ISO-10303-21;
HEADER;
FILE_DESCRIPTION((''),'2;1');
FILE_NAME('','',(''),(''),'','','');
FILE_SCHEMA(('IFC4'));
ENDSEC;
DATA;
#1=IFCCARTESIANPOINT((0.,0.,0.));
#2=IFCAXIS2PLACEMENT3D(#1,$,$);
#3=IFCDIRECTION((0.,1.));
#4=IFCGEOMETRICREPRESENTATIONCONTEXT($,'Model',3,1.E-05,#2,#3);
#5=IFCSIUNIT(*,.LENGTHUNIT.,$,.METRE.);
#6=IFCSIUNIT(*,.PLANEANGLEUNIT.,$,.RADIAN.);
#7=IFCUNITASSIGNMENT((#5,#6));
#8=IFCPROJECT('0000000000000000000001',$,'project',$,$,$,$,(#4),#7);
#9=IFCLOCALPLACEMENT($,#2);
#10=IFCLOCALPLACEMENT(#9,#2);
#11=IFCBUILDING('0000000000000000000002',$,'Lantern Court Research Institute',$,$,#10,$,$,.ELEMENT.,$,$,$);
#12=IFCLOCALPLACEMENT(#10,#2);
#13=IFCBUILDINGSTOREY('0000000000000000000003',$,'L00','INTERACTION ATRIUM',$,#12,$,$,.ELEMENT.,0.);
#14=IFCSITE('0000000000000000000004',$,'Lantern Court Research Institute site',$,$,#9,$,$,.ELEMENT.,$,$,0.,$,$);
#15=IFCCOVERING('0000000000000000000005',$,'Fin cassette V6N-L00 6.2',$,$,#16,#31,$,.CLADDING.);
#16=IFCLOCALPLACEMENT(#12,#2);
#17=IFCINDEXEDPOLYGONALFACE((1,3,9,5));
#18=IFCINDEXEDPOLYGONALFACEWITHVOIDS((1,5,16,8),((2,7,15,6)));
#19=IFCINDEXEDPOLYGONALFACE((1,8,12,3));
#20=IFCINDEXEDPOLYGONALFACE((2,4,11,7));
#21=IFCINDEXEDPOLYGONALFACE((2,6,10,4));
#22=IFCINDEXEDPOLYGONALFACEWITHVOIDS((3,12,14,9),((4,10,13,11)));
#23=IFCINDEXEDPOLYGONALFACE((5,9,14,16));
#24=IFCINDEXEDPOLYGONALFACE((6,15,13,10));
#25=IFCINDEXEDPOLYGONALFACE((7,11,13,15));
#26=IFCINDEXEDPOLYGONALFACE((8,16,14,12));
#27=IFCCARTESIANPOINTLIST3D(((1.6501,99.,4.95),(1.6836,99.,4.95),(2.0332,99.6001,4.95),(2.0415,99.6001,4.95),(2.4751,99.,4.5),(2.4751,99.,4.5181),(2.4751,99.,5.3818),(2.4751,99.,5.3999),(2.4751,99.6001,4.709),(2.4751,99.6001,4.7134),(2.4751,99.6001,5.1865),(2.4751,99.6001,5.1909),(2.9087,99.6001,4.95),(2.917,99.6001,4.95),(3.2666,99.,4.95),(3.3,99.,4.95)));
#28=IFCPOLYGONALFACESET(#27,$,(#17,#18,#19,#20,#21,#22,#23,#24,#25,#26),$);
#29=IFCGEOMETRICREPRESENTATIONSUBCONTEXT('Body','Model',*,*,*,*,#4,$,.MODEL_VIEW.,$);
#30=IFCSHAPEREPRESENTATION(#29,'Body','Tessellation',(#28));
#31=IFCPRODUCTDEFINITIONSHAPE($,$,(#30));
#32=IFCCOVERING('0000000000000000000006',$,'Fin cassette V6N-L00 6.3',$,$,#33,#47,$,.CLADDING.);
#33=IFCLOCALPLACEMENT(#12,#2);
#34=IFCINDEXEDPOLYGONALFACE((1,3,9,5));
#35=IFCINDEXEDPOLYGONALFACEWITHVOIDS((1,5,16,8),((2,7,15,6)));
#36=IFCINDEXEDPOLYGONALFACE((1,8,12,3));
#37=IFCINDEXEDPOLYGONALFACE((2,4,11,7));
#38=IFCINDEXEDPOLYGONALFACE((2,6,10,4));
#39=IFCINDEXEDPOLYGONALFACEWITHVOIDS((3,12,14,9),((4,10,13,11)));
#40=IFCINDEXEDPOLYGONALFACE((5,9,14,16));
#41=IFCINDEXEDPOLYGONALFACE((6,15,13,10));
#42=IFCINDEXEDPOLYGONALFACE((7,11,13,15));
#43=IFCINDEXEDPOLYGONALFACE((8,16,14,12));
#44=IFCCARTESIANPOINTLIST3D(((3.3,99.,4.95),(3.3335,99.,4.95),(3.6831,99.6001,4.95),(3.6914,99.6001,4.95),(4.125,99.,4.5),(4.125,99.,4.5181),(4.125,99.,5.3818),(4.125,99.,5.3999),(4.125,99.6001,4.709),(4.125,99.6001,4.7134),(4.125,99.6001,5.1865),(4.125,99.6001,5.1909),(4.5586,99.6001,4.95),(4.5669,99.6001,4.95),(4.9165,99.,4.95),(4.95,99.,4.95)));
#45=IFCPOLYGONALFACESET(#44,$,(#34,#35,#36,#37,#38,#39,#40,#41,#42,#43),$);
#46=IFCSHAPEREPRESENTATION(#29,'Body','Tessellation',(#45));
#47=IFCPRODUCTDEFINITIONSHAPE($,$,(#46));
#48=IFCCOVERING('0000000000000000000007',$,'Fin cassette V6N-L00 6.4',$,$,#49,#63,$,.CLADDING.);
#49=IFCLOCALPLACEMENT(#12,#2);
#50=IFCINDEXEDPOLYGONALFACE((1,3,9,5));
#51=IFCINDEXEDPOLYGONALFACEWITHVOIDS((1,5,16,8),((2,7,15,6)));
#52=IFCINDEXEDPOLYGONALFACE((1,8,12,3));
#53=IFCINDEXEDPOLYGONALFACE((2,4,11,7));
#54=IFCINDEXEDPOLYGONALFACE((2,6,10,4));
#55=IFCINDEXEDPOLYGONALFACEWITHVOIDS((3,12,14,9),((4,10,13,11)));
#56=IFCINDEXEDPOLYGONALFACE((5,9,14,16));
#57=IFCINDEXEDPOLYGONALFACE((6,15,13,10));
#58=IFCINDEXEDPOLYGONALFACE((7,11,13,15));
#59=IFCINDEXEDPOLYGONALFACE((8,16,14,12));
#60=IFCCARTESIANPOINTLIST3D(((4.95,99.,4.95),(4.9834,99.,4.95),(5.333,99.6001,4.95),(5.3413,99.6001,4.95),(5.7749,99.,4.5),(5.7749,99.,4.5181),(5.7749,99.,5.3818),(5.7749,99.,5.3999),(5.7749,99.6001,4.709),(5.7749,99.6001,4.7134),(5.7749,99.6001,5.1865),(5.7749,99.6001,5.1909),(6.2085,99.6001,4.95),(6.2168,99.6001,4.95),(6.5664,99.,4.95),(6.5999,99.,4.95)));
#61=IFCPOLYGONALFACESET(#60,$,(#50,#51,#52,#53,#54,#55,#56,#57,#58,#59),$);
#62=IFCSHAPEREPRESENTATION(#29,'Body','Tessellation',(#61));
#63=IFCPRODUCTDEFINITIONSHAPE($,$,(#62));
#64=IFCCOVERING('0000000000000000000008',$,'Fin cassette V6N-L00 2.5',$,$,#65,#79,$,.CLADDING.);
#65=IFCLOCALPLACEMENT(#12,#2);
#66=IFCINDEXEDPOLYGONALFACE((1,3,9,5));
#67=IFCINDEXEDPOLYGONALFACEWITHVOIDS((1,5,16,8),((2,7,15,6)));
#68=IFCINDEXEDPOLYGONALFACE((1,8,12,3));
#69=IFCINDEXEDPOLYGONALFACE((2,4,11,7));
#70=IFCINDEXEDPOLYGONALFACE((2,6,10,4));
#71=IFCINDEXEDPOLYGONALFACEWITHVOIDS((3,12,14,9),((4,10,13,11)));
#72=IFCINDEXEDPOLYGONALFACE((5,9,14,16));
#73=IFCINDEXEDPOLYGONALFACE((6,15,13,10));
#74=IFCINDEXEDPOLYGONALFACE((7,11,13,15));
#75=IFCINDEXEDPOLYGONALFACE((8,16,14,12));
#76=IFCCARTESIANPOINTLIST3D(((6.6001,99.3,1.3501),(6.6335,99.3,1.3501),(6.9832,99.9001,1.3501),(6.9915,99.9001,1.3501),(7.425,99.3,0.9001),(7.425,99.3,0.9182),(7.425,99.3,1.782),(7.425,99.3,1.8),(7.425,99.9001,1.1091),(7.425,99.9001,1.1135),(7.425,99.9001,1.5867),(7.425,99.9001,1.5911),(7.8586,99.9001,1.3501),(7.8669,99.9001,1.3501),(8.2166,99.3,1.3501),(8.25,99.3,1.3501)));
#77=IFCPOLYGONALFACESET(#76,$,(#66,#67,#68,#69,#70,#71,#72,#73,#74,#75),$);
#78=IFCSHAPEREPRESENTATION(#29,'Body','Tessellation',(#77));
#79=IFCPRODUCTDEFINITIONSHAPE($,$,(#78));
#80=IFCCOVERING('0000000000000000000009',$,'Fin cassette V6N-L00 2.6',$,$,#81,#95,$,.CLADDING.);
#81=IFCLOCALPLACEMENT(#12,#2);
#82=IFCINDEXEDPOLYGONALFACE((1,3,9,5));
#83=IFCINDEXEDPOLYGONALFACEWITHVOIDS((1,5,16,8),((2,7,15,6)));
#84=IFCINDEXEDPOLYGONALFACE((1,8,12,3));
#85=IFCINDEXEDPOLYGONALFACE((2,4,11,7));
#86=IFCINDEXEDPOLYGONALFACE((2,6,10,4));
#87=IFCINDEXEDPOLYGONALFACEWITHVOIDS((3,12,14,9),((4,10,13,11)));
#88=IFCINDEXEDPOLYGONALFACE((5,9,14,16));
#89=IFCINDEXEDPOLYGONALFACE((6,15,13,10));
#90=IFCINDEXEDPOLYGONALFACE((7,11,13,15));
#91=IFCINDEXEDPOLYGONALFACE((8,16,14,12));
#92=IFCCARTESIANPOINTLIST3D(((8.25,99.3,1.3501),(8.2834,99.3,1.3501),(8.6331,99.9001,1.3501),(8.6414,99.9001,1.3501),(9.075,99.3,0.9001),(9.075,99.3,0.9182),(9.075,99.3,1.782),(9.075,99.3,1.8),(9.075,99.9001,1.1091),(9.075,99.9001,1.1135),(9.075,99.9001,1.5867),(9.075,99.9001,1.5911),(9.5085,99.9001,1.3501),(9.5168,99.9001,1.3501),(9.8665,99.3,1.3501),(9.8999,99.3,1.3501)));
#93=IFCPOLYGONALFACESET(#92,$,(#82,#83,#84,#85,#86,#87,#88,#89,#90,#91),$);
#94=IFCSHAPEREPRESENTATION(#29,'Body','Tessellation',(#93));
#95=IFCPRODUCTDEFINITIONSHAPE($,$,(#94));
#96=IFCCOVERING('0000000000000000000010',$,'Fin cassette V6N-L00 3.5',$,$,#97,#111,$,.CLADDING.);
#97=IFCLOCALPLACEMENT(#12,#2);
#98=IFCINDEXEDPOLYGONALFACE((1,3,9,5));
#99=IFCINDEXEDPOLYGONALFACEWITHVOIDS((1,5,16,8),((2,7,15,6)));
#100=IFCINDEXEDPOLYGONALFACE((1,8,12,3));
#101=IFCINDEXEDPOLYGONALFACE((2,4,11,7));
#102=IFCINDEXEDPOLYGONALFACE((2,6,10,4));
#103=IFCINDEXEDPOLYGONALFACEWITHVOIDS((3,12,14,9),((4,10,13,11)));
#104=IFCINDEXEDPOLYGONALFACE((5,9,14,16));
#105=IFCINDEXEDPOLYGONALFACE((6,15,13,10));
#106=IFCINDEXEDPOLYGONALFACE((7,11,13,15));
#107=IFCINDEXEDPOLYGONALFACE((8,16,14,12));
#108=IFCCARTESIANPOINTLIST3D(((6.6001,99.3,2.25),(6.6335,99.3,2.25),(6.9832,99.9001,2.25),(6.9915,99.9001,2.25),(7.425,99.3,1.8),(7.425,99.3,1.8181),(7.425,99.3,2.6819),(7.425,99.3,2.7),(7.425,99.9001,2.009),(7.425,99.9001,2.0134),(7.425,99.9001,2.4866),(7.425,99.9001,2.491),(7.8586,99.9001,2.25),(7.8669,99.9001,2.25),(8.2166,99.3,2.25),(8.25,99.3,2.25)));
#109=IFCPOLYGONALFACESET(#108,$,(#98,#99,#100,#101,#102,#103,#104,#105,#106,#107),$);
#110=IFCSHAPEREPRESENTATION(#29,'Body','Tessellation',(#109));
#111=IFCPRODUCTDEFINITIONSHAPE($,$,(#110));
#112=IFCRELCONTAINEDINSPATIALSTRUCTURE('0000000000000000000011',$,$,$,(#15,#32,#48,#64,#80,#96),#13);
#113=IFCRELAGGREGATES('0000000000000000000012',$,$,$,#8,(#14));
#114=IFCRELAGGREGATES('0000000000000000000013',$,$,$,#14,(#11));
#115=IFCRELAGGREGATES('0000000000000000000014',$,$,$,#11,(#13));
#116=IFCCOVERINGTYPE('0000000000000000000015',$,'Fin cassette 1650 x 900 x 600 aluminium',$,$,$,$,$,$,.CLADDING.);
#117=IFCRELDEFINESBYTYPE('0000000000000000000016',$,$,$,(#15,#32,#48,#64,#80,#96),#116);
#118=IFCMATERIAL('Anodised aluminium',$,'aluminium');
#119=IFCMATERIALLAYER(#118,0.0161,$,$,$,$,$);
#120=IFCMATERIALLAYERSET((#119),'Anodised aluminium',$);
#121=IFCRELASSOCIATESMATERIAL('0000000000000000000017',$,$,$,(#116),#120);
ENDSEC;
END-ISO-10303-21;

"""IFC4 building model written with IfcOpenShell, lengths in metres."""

from ifc_helpers import new_model, entity, si_unit, direction, frame, origin, place, context, subcontext, project, spatial, material, layer, layer_set, type_object, element, save


model = new_model("IFC4")

# Units and contexts
model_context = context("Model", 3, precision=1e-05, world=origin(), true_north=direction((0.0, 1.0)))
body_context = subcontext(model_context, "Body", "Model", "MODEL_VIEW")
ifc_project = project(units=[si_unit("LENGTHUNIT", "METRE"), si_unit("PLANEANGLEUNIT", "RADIAN")], contexts=[model_context])

# Site, building, storey
site_placement = place(None, origin())
site = spatial("IfcSite", under=ifc_project, at=site_placement, Name="Lantern Court Research Institute site", CompositionType="ELEMENT", RefElevation=0.0)
building_placement = place(site_placement, origin())
building = spatial("IfcBuilding", under=site, at=building_placement, Name="Lantern Court Research Institute", CompositionType="ELEMENT")
storey_placement = place(building_placement, origin())
storey = spatial("IfcBuildingStorey", under=building, at=storey_placement, Name="L00", Description="INTERACTION ATRIUM", CompositionType="ELEMENT", Elevation=0.0)

# Coverings
ifc_material_1 = material(Name="Anodised aluminium", Category="aluminium")
ifc_layer_1 = layer(ifc_material_1, 0.0161)
ifc_layer_set_1 = layer_set([ifc_layer_1], Name="Anodised aluminium")
covering_type_1 = type_object("IfcCoveringType", Name="Fin cassette 1650 x 900 x 600 aluminium", PredefinedType="CLADDING", material=ifc_layer_set_1)
covering_1_placement = place(storey_placement, frame((2.4751, 99.0, 4.95), z_axis=(0.0, 1.0, 0.0), x_axis=(-1.0, 0.0, 0.0)))
cartesian_point_1 = entity("IfcCartesianPoint", [0.825, 0.0])
cartesian_point_2 = entity("IfcCartesianPoint", [0.7915, 0.0])
cartesian_point_3 = entity("IfcCartesianPoint", [0.4419, 0.0])
cartesian_point_4 = entity("IfcCartesianPoint", [0.4336, 0.0])
element("IfcCovering", 1, at=covering_1_placement, inside=storey, type_object=covering_type_1, Name="Fin cassette V6N-L00 6.2", PredefinedType="CLADDING", context=body_context, shape_type="SweptSolid", body=[
    entity("IfcExtrudedAreaSolidTapered", entity("IfcArbitraryProfileDefWithVoids", "AREA", None, entity("IfcPolyline", [cartesian_point_1, entity("IfcCartesianPoint", [0.0, 0.45]), entity("IfcCartesianPoint", [-0.825, 0.0]), entity("IfcCartesianPoint", [0.0, -0.45]), cartesian_point_1]), [entity("IfcPolyline", [cartesian_point_2, entity("IfcCartesianPoint", [0.0, 0.4319]), entity("IfcCartesianPoint", [-0.7915, 0.0]), entity("IfcCartesianPoint", [0.0, -0.4319]), cartesian_point_2])]), entity("IfcAxis2Placement3D", entity("IfcCartesianPoint", [0.0, 0.0, 0.0])), entity("IfcDirection", [0.0, 0.0, 1.0]), 0.6001, entity("IfcArbitraryProfileDefWithVoids", "AREA", None, entity("IfcPolyline", [cartesian_point_3, entity("IfcCartesianPoint", [0.0, 0.241]), entity("IfcCartesianPoint", [-0.4419, 0.0]), entity("IfcCartesianPoint", [0.0, -0.241]), cartesian_point_3]), [entity("IfcPolyline", [cartesian_point_4, entity("IfcCartesianPoint", [0.0, 0.2366]), entity("IfcCartesianPoint", [-0.4336, 0.0]), entity("IfcCartesianPoint", [0.0, -0.2366]), cartesian_point_4])])),
])
covering_2_placement = place(storey_placement, frame((4.125, 99.0, 4.95), z_axis=(0.0, 1.0, 0.0), x_axis=(-1.0, 0.0, 0.0)))
cartesian_point_5 = entity("IfcCartesianPoint", [0.825, 0.0])
cartesian_point_6 = entity("IfcCartesianPoint", [0.7915, 0.0])
cartesian_point_7 = entity("IfcCartesianPoint", [0.4419, 0.0])
cartesian_point_8 = entity("IfcCartesianPoint", [0.4336, 0.0])
element("IfcCovering", 2, at=covering_2_placement, inside=storey, type_object=covering_type_1, Name="Fin cassette V6N-L00 6.3", PredefinedType="CLADDING", context=body_context, shape_type="SweptSolid", body=[
    entity("IfcExtrudedAreaSolidTapered", entity("IfcArbitraryProfileDefWithVoids", "AREA", None, entity("IfcPolyline", [cartesian_point_5, entity("IfcCartesianPoint", [0.0, 0.45]), entity("IfcCartesianPoint", [-0.825, 0.0]), entity("IfcCartesianPoint", [0.0, -0.45]), cartesian_point_5]), [entity("IfcPolyline", [cartesian_point_6, entity("IfcCartesianPoint", [0.0, 0.4319]), entity("IfcCartesianPoint", [-0.7915, 0.0]), entity("IfcCartesianPoint", [0.0, -0.4319]), cartesian_point_6])]), entity("IfcAxis2Placement3D", entity("IfcCartesianPoint", [0.0, 0.0, 0.0])), entity("IfcDirection", [0.0, 0.0, 1.0]), 0.6001, entity("IfcArbitraryProfileDefWithVoids", "AREA", None, entity("IfcPolyline", [cartesian_point_7, entity("IfcCartesianPoint", [0.0, 0.241]), entity("IfcCartesianPoint", [-0.4419, 0.0]), entity("IfcCartesianPoint", [0.0, -0.241]), cartesian_point_7]), [entity("IfcPolyline", [cartesian_point_8, entity("IfcCartesianPoint", [0.0, 0.2366]), entity("IfcCartesianPoint", [-0.4336, 0.0]), entity("IfcCartesianPoint", [0.0, -0.2366]), cartesian_point_8])])),
])
covering_3_placement = place(storey_placement, frame((5.7749, 99.0, 4.95), z_axis=(0.0, 1.0, 0.0), x_axis=(-1.0, 0.0, 0.0)))
cartesian_point_9 = entity("IfcCartesianPoint", [0.825, 0.0])
cartesian_point_10 = entity("IfcCartesianPoint", [0.7915, 0.0])
cartesian_point_11 = entity("IfcCartesianPoint", [0.4419, 0.0])
cartesian_point_12 = entity("IfcCartesianPoint", [0.4336, 0.0])
element("IfcCovering", 3, at=covering_3_placement, inside=storey, type_object=covering_type_1, Name="Fin cassette V6N-L00 6.4", PredefinedType="CLADDING", context=body_context, shape_type="SweptSolid", body=[
    entity("IfcExtrudedAreaSolidTapered", entity("IfcArbitraryProfileDefWithVoids", "AREA", None, entity("IfcPolyline", [cartesian_point_9, entity("IfcCartesianPoint", [0.0, 0.45]), entity("IfcCartesianPoint", [-0.825, 0.0]), entity("IfcCartesianPoint", [0.0, -0.45]), cartesian_point_9]), [entity("IfcPolyline", [cartesian_point_10, entity("IfcCartesianPoint", [0.0, 0.4319]), entity("IfcCartesianPoint", [-0.7915, 0.0]), entity("IfcCartesianPoint", [0.0, -0.4319]), cartesian_point_10])]), entity("IfcAxis2Placement3D", entity("IfcCartesianPoint", [0.0, 0.0, 0.0])), entity("IfcDirection", [0.0, 0.0, 1.0]), 0.6001, entity("IfcArbitraryProfileDefWithVoids", "AREA", None, entity("IfcPolyline", [cartesian_point_11, entity("IfcCartesianPoint", [0.0, 0.241]), entity("IfcCartesianPoint", [-0.4419, 0.0]), entity("IfcCartesianPoint", [0.0, -0.241]), cartesian_point_11]), [entity("IfcPolyline", [cartesian_point_12, entity("IfcCartesianPoint", [0.0, 0.2366]), entity("IfcCartesianPoint", [-0.4336, 0.0]), entity("IfcCartesianPoint", [0.0, -0.2366]), cartesian_point_12])])),
])
covering_4_placement = place(storey_placement, frame((7.425, 99.3, 1.3501), z_axis=(0.0, 1.0, 0.0), x_axis=(-1.0, 0.0, 0.0)))
cartesian_point_13 = entity("IfcCartesianPoint", [0.825, 0.0])
cartesian_point_14 = entity("IfcCartesianPoint", [0.7915, 0.0])
cartesian_point_15 = entity("IfcCartesianPoint", [0.4419, 0.0])
cartesian_point_16 = entity("IfcCartesianPoint", [0.4336, 0.0])
element("IfcCovering", 4, at=covering_4_placement, inside=storey, type_object=covering_type_1, Name="Fin cassette V6N-L00 2.5", PredefinedType="CLADDING", context=body_context, shape_type="SweptSolid", body=[
    entity("IfcExtrudedAreaSolidTapered", entity("IfcArbitraryProfileDefWithVoids", "AREA", None, entity("IfcPolyline", [cartesian_point_13, entity("IfcCartesianPoint", [0.0, 0.45]), entity("IfcCartesianPoint", [-0.825, 0.0]), entity("IfcCartesianPoint", [0.0, -0.45]), cartesian_point_13]), [entity("IfcPolyline", [cartesian_point_14, entity("IfcCartesianPoint", [0.0, 0.4319]), entity("IfcCartesianPoint", [-0.7915, 0.0]), entity("IfcCartesianPoint", [0.0, -0.4319]), cartesian_point_14])]), entity("IfcAxis2Placement3D", entity("IfcCartesianPoint", [0.0, 0.0, 0.0])), entity("IfcDirection", [0.0, 0.0, 1.0]), 0.6001, entity("IfcArbitraryProfileDefWithVoids", "AREA", None, entity("IfcPolyline", [cartesian_point_15, entity("IfcCartesianPoint", [0.0, 0.241]), entity("IfcCartesianPoint", [-0.4419, 0.0]), entity("IfcCartesianPoint", [0.0, -0.241]), cartesian_point_15]), [entity("IfcPolyline", [cartesian_point_16, entity("IfcCartesianPoint", [0.0, 0.2366]), entity("IfcCartesianPoint", [-0.4336, 0.0]), entity("IfcCartesianPoint", [0.0, -0.2366]), cartesian_point_16])])),
])
covering_5_placement = place(storey_placement, frame((9.075, 99.3, 1.3501), z_axis=(0.0, 1.0, 0.0), x_axis=(-1.0, 0.0, 0.0)))
cartesian_point_17 = entity("IfcCartesianPoint", [0.825, 0.0])
cartesian_point_18 = entity("IfcCartesianPoint", [0.7915, 0.0])
cartesian_point_19 = entity("IfcCartesianPoint", [0.4419, 0.0])
cartesian_point_20 = entity("IfcCartesianPoint", [0.4336, 0.0])
element("IfcCovering", 5, at=covering_5_placement, inside=storey, type_object=covering_type_1, Name="Fin cassette V6N-L00 2.6", PredefinedType="CLADDING", context=body_context, shape_type="SweptSolid", body=[
    entity("IfcExtrudedAreaSolidTapered", entity("IfcArbitraryProfileDefWithVoids", "AREA", None, entity("IfcPolyline", [cartesian_point_17, entity("IfcCartesianPoint", [0.0, 0.45]), entity("IfcCartesianPoint", [-0.825, 0.0]), entity("IfcCartesianPoint", [0.0, -0.45]), cartesian_point_17]), [entity("IfcPolyline", [cartesian_point_18, entity("IfcCartesianPoint", [0.0, 0.4319]), entity("IfcCartesianPoint", [-0.7915, 0.0]), entity("IfcCartesianPoint", [0.0, -0.4319]), cartesian_point_18])]), entity("IfcAxis2Placement3D", entity("IfcCartesianPoint", [0.0, 0.0, 0.0])), entity("IfcDirection", [0.0, 0.0, 1.0]), 0.6001, entity("IfcArbitraryProfileDefWithVoids", "AREA", None, entity("IfcPolyline", [cartesian_point_19, entity("IfcCartesianPoint", [0.0, 0.241]), entity("IfcCartesianPoint", [-0.4419, 0.0]), entity("IfcCartesianPoint", [0.0, -0.241]), cartesian_point_19]), [entity("IfcPolyline", [cartesian_point_20, entity("IfcCartesianPoint", [0.0, 0.2366]), entity("IfcCartesianPoint", [-0.4336, 0.0]), entity("IfcCartesianPoint", [0.0, -0.2366]), cartesian_point_20])])),
])
covering_6_placement = place(storey_placement, frame((7.425, 99.3, 2.25), z_axis=(0.0, 1.0, 0.0), x_axis=(-1.0, 0.0, 0.0)))
cartesian_point_21 = entity("IfcCartesianPoint", [0.825, 0.0])
cartesian_point_22 = entity("IfcCartesianPoint", [0.7915, 0.0])
cartesian_point_23 = entity("IfcCartesianPoint", [0.4419, 0.0])
cartesian_point_24 = entity("IfcCartesianPoint", [0.4336, 0.0])
element("IfcCovering", 6, at=covering_6_placement, inside=storey, type_object=covering_type_1, Name="Fin cassette V6N-L00 3.5", PredefinedType="CLADDING", context=body_context, shape_type="SweptSolid", body=[
    entity("IfcExtrudedAreaSolidTapered", entity("IfcArbitraryProfileDefWithVoids", "AREA", None, entity("IfcPolyline", [cartesian_point_21, entity("IfcCartesianPoint", [0.0, 0.45]), entity("IfcCartesianPoint", [-0.825, 0.0]), entity("IfcCartesianPoint", [0.0, -0.45]), cartesian_point_21]), [entity("IfcPolyline", [cartesian_point_22, entity("IfcCartesianPoint", [0.0, 0.4319]), entity("IfcCartesianPoint", [-0.7915, 0.0]), entity("IfcCartesianPoint", [0.0, -0.4319]), cartesian_point_22])]), entity("IfcAxis2Placement3D", entity("IfcCartesianPoint", [0.0, 0.0, 0.0])), entity("IfcDirection", [0.0, 0.0, 1.0]), 0.6001, entity("IfcArbitraryProfileDefWithVoids", "AREA", None, entity("IfcPolyline", [cartesian_point_23, entity("IfcCartesianPoint", [0.0, 0.241]), entity("IfcCartesianPoint", [-0.4419, 0.0]), entity("IfcCartesianPoint", [0.0, -0.241]), cartesian_point_23]), [entity("IfcPolyline", [cartesian_point_24, entity("IfcCartesianPoint", [0.0, 0.2366]), entity("IfcCartesianPoint", [-0.4336, 0.0]), entity("IfcCartesianPoint", [0.0, -0.2366]), cartesian_point_24])])),
])

save(model, "model.ifc")
